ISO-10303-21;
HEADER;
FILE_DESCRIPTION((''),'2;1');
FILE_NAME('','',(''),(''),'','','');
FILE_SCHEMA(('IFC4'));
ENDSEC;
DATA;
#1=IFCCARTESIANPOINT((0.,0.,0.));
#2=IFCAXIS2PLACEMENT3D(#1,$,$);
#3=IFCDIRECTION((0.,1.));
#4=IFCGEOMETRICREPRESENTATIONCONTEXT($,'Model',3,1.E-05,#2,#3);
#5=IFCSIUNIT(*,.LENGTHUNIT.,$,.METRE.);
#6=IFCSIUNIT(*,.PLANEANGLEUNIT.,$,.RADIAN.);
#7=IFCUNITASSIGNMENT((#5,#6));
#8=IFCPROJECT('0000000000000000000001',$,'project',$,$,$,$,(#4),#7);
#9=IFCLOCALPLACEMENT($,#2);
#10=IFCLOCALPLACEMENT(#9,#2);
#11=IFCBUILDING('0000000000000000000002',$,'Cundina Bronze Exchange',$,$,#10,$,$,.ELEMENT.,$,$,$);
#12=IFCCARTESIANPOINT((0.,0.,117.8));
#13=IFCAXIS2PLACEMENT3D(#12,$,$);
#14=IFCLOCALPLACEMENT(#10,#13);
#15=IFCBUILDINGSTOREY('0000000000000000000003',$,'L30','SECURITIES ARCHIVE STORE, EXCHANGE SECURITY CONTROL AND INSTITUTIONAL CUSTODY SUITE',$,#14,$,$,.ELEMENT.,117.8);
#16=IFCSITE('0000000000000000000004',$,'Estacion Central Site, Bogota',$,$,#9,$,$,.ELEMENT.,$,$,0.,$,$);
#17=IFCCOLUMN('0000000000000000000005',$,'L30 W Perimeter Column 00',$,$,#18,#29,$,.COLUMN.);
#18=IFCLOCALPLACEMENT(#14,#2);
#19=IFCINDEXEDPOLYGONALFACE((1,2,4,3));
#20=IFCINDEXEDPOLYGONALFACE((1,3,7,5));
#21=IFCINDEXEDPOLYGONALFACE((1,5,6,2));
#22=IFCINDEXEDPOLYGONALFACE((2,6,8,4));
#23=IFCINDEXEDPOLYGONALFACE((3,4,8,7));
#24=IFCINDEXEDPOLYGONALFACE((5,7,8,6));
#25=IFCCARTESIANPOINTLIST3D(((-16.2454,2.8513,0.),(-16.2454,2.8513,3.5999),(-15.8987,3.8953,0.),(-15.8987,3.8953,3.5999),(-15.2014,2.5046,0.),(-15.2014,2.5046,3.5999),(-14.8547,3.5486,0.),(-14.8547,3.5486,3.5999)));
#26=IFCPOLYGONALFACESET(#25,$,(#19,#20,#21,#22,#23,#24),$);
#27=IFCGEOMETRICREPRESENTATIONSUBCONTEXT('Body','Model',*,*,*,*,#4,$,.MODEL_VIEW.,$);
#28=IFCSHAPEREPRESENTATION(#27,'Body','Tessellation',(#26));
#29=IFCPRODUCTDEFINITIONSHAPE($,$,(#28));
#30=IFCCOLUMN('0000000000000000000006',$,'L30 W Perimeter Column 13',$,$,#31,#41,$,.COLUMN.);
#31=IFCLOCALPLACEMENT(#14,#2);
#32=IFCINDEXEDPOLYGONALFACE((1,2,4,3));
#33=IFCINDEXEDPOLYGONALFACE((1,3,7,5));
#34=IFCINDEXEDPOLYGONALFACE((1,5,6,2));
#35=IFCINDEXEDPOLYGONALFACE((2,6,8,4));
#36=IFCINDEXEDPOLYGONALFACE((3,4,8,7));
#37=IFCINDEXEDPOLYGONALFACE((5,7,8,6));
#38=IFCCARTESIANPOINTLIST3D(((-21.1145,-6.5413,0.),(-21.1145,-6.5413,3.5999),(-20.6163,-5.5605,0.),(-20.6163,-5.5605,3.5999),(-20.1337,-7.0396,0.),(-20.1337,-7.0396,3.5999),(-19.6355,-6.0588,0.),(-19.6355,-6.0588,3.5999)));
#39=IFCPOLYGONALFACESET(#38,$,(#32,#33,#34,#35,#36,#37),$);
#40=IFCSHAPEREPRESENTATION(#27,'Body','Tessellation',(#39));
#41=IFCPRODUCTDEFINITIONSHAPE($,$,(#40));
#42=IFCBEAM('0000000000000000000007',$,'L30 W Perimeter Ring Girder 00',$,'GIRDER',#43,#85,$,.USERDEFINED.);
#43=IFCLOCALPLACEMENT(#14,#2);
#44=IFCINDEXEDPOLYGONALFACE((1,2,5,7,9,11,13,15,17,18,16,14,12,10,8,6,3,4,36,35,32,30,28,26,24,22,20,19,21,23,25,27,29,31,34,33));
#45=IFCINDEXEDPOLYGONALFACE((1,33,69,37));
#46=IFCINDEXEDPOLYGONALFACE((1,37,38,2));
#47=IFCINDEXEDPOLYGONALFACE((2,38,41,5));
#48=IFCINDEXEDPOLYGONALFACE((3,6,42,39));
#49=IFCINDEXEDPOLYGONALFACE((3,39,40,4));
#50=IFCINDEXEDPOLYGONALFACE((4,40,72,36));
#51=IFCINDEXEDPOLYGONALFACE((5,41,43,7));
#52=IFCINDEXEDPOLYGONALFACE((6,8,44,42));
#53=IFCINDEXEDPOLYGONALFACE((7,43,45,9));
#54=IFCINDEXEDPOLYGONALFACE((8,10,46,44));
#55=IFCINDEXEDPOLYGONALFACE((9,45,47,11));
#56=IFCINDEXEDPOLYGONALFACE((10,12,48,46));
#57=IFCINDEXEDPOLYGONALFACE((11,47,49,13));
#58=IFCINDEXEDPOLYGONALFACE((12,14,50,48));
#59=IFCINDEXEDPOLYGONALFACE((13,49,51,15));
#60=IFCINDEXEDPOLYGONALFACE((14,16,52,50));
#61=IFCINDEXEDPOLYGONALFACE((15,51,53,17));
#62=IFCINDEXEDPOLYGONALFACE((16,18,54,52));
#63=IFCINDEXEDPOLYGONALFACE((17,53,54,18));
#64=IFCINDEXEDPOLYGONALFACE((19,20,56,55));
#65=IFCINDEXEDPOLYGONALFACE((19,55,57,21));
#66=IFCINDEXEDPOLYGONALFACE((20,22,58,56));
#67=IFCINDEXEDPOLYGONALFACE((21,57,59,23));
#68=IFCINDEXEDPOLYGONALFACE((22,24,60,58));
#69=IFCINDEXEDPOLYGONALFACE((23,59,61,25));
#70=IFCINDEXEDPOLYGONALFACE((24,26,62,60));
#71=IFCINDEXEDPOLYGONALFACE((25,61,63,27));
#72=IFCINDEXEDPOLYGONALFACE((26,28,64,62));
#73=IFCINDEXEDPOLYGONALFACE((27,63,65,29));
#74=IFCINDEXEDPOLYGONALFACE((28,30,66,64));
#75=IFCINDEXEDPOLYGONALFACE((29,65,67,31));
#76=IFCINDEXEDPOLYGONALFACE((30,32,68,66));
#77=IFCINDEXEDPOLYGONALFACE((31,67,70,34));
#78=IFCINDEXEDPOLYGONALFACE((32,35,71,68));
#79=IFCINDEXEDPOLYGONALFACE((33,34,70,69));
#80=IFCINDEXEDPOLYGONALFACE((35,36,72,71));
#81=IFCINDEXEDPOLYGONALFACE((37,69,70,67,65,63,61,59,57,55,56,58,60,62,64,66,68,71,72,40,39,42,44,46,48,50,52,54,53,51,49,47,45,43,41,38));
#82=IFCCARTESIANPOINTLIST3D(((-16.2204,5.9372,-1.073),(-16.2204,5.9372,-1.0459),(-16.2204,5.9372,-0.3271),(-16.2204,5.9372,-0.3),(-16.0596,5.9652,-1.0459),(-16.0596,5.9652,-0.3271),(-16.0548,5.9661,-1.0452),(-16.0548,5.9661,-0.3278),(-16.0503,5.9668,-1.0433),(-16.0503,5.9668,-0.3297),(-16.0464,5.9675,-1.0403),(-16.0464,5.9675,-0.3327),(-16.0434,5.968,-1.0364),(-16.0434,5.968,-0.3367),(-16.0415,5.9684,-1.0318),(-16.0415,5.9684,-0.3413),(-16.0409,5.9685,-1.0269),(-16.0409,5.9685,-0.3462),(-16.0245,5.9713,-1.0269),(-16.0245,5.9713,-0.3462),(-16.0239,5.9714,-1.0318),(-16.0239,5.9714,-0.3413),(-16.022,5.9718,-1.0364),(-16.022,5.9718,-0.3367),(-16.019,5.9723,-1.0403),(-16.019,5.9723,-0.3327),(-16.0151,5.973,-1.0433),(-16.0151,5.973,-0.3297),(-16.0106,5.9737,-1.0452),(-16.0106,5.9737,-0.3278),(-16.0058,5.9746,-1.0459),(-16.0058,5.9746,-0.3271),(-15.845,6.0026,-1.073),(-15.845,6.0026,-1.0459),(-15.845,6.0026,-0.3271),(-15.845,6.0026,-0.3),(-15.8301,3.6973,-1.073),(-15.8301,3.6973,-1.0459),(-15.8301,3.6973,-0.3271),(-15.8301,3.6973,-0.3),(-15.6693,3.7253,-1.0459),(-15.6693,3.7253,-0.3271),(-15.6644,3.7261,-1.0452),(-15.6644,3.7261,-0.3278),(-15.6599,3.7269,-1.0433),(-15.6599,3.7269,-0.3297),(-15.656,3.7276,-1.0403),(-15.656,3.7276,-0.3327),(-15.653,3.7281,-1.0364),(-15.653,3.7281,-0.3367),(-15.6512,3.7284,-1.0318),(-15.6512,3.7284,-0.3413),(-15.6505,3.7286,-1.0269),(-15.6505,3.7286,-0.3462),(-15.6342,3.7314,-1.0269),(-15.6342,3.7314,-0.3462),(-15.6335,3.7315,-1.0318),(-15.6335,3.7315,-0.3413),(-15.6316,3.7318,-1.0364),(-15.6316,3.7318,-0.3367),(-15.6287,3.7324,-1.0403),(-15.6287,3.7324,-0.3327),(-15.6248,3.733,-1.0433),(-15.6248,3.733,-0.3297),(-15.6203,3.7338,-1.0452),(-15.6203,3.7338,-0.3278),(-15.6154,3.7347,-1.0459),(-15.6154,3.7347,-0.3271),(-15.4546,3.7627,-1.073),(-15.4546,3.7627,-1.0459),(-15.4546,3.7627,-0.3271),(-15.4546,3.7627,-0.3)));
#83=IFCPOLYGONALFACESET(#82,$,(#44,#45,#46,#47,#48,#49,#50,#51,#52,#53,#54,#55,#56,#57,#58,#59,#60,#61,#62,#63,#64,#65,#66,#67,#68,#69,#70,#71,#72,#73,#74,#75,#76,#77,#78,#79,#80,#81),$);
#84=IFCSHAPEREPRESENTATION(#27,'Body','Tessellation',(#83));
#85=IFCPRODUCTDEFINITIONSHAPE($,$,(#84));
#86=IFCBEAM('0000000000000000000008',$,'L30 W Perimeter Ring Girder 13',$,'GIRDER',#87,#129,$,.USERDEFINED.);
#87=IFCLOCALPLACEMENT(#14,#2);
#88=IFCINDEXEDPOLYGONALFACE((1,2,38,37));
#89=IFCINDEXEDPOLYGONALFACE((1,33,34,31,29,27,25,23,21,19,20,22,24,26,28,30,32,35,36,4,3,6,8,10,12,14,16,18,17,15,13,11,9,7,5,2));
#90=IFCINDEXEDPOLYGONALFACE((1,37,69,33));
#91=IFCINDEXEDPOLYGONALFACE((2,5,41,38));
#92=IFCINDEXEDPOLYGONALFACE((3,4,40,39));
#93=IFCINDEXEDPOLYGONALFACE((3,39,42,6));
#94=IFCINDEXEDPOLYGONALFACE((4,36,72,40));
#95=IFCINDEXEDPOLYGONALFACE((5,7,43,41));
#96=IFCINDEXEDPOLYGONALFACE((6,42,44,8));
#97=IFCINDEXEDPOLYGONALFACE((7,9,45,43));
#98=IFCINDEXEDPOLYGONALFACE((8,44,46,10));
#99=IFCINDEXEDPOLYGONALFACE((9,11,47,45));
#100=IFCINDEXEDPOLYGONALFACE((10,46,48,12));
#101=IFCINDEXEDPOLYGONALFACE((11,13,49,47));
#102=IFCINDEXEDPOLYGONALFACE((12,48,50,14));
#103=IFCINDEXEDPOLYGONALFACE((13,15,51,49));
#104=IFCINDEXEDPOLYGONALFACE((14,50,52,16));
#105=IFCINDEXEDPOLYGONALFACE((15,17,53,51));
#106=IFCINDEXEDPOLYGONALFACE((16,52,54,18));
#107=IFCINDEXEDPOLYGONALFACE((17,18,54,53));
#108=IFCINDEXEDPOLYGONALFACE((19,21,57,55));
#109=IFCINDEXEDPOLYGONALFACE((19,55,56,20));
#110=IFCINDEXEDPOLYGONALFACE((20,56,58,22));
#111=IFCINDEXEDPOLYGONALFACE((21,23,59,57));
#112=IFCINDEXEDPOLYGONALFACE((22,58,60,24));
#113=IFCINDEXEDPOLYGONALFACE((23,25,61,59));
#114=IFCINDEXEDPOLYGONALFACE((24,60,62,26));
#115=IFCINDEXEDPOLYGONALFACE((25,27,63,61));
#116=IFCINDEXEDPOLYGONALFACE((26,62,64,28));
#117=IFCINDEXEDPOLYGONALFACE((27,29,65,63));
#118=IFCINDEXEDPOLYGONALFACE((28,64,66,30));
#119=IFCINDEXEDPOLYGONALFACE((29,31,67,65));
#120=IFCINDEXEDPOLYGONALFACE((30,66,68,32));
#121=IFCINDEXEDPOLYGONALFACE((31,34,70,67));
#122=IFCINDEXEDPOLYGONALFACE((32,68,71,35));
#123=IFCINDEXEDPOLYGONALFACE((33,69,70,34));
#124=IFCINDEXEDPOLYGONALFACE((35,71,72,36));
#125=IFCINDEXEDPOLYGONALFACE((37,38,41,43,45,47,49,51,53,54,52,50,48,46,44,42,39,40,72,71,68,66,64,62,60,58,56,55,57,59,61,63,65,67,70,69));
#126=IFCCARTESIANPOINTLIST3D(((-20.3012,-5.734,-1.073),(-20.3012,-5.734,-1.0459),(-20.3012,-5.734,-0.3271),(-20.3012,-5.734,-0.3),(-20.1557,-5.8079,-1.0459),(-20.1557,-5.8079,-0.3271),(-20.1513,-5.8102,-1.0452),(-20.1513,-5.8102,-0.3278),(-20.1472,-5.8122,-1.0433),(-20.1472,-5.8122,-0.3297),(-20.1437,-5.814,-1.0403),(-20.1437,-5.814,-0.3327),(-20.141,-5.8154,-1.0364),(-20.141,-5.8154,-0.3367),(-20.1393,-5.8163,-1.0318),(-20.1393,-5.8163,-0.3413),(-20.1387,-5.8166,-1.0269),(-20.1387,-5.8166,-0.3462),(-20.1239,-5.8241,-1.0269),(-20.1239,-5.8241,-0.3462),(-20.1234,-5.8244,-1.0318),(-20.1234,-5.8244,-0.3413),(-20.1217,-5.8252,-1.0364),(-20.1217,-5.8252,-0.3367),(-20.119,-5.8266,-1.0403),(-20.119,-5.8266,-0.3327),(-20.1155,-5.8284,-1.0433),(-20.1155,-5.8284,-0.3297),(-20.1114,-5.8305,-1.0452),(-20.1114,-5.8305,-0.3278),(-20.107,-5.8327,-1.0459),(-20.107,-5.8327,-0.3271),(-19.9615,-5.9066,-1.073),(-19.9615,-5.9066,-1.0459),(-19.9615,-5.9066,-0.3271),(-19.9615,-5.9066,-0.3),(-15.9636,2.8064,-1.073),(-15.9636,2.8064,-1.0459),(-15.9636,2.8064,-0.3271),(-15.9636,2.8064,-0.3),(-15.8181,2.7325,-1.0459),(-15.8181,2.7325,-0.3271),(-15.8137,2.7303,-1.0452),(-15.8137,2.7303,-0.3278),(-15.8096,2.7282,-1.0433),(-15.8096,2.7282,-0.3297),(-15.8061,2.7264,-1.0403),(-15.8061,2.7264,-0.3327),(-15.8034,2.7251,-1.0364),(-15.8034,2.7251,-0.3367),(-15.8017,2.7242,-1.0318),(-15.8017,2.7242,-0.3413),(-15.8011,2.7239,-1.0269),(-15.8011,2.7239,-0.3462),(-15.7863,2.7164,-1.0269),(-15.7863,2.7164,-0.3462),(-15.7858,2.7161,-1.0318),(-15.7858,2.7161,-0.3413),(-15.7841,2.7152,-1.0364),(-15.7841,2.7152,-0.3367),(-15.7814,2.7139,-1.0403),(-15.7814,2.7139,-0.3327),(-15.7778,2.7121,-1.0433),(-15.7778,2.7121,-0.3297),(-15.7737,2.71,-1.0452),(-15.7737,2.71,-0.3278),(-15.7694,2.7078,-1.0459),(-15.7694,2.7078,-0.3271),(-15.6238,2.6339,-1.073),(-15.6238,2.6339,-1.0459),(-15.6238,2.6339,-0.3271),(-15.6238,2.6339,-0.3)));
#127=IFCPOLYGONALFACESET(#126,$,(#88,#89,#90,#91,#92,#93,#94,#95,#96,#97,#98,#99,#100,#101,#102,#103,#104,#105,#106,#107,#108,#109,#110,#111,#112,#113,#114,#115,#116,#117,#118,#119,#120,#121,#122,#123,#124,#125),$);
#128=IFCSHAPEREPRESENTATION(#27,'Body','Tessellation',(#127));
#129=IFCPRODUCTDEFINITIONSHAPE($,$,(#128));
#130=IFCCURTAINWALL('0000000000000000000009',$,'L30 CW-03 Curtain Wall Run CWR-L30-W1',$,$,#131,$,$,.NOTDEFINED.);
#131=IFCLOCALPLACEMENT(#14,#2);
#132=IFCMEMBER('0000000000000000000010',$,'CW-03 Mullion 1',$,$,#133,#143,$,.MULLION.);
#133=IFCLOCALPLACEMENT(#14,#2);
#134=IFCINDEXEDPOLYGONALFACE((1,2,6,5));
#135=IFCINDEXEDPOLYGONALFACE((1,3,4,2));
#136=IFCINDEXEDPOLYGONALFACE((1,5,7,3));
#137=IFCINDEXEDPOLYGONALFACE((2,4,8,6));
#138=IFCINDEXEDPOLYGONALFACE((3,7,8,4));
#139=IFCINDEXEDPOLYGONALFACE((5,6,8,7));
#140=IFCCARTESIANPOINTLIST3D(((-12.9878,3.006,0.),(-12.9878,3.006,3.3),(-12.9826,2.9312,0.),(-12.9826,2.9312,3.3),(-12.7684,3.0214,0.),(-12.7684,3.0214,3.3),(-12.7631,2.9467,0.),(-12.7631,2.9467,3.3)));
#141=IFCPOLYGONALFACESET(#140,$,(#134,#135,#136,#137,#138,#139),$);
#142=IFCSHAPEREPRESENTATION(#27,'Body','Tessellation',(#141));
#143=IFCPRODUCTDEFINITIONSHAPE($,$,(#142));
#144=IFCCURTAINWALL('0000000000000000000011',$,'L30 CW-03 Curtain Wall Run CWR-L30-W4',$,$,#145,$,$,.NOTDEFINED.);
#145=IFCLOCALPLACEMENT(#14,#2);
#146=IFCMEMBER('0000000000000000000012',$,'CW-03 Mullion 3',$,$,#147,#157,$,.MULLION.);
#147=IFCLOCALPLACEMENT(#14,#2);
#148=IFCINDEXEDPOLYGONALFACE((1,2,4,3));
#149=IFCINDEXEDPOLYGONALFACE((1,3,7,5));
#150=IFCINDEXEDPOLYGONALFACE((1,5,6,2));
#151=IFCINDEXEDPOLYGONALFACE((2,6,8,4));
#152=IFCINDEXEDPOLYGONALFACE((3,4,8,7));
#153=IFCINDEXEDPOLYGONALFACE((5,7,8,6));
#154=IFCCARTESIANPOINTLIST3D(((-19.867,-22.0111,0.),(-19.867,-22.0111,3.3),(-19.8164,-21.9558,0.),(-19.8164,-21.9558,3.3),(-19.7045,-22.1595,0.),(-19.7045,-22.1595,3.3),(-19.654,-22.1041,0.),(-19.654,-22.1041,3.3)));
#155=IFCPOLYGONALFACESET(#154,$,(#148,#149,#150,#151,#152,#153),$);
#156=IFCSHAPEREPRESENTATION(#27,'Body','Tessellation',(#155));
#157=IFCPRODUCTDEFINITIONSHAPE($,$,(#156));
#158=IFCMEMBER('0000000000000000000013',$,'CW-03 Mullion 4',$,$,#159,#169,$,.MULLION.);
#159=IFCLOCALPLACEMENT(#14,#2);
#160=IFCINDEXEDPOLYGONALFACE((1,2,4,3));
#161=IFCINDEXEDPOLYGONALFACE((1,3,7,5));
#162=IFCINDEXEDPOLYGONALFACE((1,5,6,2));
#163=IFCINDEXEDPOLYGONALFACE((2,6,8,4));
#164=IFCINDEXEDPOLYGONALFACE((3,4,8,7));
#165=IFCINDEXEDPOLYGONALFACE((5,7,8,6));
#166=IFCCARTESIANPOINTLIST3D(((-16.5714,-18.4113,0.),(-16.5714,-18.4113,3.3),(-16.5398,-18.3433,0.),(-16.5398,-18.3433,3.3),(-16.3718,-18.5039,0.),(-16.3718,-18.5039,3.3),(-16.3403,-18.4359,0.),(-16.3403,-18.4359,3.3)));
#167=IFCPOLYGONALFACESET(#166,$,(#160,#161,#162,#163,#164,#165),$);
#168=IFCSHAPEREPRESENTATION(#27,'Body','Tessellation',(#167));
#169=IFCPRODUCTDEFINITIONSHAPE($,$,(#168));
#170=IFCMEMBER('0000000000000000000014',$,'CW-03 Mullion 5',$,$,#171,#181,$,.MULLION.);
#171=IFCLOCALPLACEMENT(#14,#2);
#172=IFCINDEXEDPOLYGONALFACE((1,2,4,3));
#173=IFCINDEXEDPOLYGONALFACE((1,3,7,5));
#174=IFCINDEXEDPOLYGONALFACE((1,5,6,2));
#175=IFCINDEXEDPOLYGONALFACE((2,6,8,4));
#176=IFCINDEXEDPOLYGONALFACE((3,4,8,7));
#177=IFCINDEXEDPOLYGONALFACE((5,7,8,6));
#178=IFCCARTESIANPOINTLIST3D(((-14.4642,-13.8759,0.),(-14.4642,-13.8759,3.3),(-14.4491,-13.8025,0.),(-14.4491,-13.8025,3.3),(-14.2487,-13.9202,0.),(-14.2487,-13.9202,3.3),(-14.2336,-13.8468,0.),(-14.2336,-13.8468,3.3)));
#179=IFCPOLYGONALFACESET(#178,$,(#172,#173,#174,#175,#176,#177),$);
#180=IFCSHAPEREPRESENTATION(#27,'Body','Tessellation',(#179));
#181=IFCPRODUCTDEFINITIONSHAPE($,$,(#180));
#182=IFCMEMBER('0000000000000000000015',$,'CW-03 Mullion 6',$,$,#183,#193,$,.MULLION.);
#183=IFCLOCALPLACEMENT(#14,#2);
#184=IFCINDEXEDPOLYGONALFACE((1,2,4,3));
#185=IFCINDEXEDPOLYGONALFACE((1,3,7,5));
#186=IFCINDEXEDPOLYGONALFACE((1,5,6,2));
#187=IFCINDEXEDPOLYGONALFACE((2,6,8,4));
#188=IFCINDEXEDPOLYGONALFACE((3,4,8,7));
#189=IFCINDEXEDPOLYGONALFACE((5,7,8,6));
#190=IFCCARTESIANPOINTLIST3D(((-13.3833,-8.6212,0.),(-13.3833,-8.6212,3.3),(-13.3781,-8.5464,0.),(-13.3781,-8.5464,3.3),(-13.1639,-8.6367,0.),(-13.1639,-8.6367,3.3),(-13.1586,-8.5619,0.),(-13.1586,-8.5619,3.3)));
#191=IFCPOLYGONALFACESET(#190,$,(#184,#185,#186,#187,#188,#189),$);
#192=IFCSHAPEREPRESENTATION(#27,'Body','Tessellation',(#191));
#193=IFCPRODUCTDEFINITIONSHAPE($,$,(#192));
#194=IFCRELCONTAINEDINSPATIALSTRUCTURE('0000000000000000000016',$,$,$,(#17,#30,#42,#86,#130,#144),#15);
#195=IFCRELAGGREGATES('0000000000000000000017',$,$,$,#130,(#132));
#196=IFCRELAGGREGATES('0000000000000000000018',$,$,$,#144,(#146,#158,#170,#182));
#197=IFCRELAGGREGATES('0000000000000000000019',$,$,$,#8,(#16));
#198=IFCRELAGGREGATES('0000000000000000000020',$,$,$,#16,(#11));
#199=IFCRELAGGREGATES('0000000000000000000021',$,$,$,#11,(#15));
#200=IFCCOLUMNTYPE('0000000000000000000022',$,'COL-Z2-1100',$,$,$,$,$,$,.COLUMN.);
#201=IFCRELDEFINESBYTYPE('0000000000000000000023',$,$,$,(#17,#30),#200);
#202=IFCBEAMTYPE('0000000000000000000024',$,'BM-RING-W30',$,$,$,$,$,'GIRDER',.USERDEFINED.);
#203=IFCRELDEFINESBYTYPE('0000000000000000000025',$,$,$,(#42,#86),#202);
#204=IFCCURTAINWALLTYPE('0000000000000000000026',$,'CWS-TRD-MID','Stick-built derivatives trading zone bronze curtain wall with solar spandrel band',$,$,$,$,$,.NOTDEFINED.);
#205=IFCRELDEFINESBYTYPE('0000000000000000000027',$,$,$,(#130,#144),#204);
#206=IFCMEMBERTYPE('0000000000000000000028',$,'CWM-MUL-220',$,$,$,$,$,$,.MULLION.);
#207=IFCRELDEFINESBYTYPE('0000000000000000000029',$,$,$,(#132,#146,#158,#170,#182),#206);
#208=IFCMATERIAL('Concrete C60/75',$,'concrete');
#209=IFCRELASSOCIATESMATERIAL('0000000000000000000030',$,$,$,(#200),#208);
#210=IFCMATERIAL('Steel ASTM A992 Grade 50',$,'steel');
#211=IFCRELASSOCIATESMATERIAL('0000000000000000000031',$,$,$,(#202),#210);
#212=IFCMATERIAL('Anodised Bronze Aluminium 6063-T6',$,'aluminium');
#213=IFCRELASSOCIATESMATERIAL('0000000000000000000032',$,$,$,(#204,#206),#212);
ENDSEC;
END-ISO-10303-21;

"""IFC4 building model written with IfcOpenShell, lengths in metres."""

from ifc_helpers import new_model, si_unit, direction, frame, origin, origin_2d, place, context, subcontext, project, spatial, rectangle, i_section, extrude, material, material_profile, profile_set, type_object, element, aggregate, save


model = new_model("IFC4")

# Units and contexts
model_context = context("Model", 3, precision=1e-05, world=origin(), true_north=direction((0.0, 1.0)))
body_context = subcontext(model_context, "Body", "Model", "MODEL_VIEW")
ifc_project = project(units=[si_unit("LENGTHUNIT", "METRE"), si_unit("PLANEANGLEUNIT", "RADIAN")], contexts=[model_context])

# Site, building, storey
site_placement = place(None, origin())
site = spatial("IfcSite", under=ifc_project, at=site_placement, Name="Estacion Central Site, Bogota", CompositionType="ELEMENT", RefElevation=0.0)
building_placement = place(site_placement, origin())
building = spatial("IfcBuilding", under=site, at=building_placement, Name="Cundina Bronze Exchange", CompositionType="ELEMENT")
storey_placement = place(building_placement, frame((0.0, 0.0, 117.8)))
storey = spatial("IfcBuildingStorey", under=building, at=storey_placement, Name="L30", Description="SECURITIES ARCHIVE STORE, EXCHANGE SECURITY CONTROL AND INSTITUTIONAL CUSTODY SUITE", CompositionType="ELEMENT", Elevation=117.8)

# Columns
ifc_material_1 = material(Name="Concrete C60/75", Category="concrete")
ifc_material_profile_1 = material_profile(ifc_material_1, rectangle(XDim=1.1001, YDim=1.1001, at=origin_2d()), Name="RC1100X1100", Category="concrete")
ifc_profile_set_1 = profile_set([ifc_material_profile_1], Name="Concrete C60/75")
column_type = type_object("IfcColumnType", Name="COL-Z2-1100", PredefinedType="COLUMN", material=ifc_profile_set_1)
for number, where, z_axis, x_axis, name in (
    (1, (-15.55, 3.2, 0.0), (0.0, 0.0, 1.0), (0.315152, 0.949041, 0.0), "L30 W Perimeter Column 00"),
    (2, (-20.375, -6.3, 0.0), (0.0, 0.0, 1.0), (0.452902, 0.891561, 0.0), "L30 W Perimeter Column 13"),
):
    element("IfcColumn", number, at=place(storey_placement, frame(where, z_axis=z_axis, x_axis=x_axis)), inside=storey, type_object=column_type, Name=name, PredefinedType="COLUMN", context=body_context, shape_type="SweptSolid", body=[
        extrude(rectangle(XDim=1.1001, YDim=1.1001, at=origin_2d()), origin(), (0.0, 0.0, 1.0), 3.5999),
    ])

# Beams
ifc_material_2 = material(Name="Steel ASTM A992 Grade 50", Category="steel")
ifc_material_profile_2 = material_profile(ifc_material_2, i_section(OverallWidth=0.3811, OverallDepth=0.7729, WebThickness=0.0166, FlangeThickness=0.0271, FilletRadius=0.019, at=origin_2d()), Name="W30X173", Category="steel")
ifc_profile_set_2 = profile_set([ifc_material_profile_2], Name="Steel ASTM A992 Grade 50")
beam_type = type_object("IfcBeamType", Name="BM-RING-W30", ElementType="GIRDER", PredefinedType="USERDEFINED", material=ifc_profile_set_2)
beam_1_placement = place(storey_placement, frame((-15.6423, 3.73, -0.6865), z_axis=(-0.17169, 0.985151, 0.0), x_axis=(-0.985151, -0.17169, 0.0)))
element("IfcBeam", 3, at=beam_1_placement, inside=storey, type_object=beam_type, Name="L30 W Perimeter Ring Girder 00", ObjectType="GIRDER", PredefinedType="USERDEFINED", context=body_context, shape_type="SweptSolid", body=[
    extrude(i_section(OverallWidth=0.3811, OverallDepth=0.7729, WebThickness=0.0166, FlangeThickness=0.0271, FilletRadius=0.019, at=origin_2d()), origin(), (0.0, 0.0, 1.0), 2.2737),
])
beam_2_placement = place(storey_placement, frame((-20.1313, -5.8203, -0.6865), z_axis=(0.452832, 0.891596, 0.0), x_axis=(-0.891596, 0.452832, 0.0)))
element("IfcBeam", 4, at=beam_2_placement, inside=storey, type_object=beam_type, Name="L30 W Perimeter Ring Girder 13", ObjectType="GIRDER", PredefinedType="USERDEFINED", context=body_context, shape_type="SweptSolid", body=[
    extrude(i_section(OverallWidth=0.3811, OverallDepth=0.7729, WebThickness=0.0166, FlangeThickness=0.0271, FilletRadius=0.019, at=origin_2d()), origin(), (0.0, 0.0, 1.0), 9.5789),
])

# Curtain wall, member
ifc_material_3 = material(Name="Anodised Bronze Aluminium 6063-T6", Category="aluminium")
curtain_wall_type = type_object("IfcCurtainWallType", Name="CWS-TRD-MID", Description="Stick-built derivatives trading zone bronze curtain wall with solar spandrel band", PredefinedType="NOTDEFINED", material=ifc_material_3)
curtain_wall_1_placement = place(storey_placement, origin())
curtain_wall_1 = element("IfcCurtainWall", 5, at=curtain_wall_1_placement, inside=storey, type_object=curtain_wall_type, Name="L30 CW-03 Curtain Wall Run CWR-L30-W1", PredefinedType="NOTDEFINED")
ifc_material_profile_3 = material_profile(ifc_material_3, rectangle(XDim=0.075, YDim=0.22, at=origin_2d()), Name="AL75X220", Category="aluminium")
ifc_profile_set_3 = profile_set([ifc_material_profile_3], Name="Anodised Bronze Aluminium 6063-T6")
member_type_1 = type_object("IfcMemberType", Name="CWM-MUL-220", PredefinedType="MULLION", material=ifc_profile_set_3)
member_1_placement = place(storey_placement, frame((-12.8755, 2.9763, 0.0), z_axis=(0.0, 0.0, 1.0), x_axis=(-0.070279, 0.997527, 0.0)))
member_1 = element("IfcMember", 6, at=member_1_placement, type_object=member_type_1, Name="CW-03 Mullion 1", PredefinedType="MULLION", context=body_context, shape_type="SweptSolid", body=[
    extrude(rectangle(XDim=0.075, YDim=0.22, at=origin_2d()), origin(), (0.0, 0.0, 1.0), 3.3),
])

# Curtain wall, members
curtain_wall_2_placement = place(storey_placement, origin())
curtain_wall_2 = element("IfcCurtainWall", 7, at=curtain_wall_2_placement, inside=storey, type_object=curtain_wall_type, Name="L30 CW-03 Curtain Wall Run CWR-L30-W4", PredefinedType="NOTDEFINED")
member_2_placement = place(storey_placement, frame((-19.7605, -22.0576, 0.0), z_axis=(0.0, 0.0, 1.0), x_axis=(0.674302, 0.738455, 0.0)))
member_2 = element("IfcMember", 8, at=member_2_placement, type_object=member_type_1, Name="CW-03 Mullion 3", PredefinedType="MULLION", context=body_context, shape_type="SweptSolid", body=[
    extrude(rectangle(XDim=0.075, YDim=0.22, at=origin_2d()), origin(), (0.0, 0.0, 1.0), 3.3),
])
member_3_placement = place(storey_placement, frame((-16.4558, -18.4236, 0.0), z_axis=(0.0, 0.0, 1.0), x_axis=(0.420877, 0.907117, 0.0)))
member_3 = element("IfcMember", 9, at=member_3_placement, type_object=member_type_1, Name="CW-03 Mullion 4", PredefinedType="MULLION", context=body_context, shape_type="SweptSolid", body=[
    extrude(rectangle(XDim=0.075, YDim=0.22, at=origin_2d()), origin(), (0.0, 0.0, 1.0), 3.3),
])
member_4_placement = place(storey_placement, frame((-14.3489, -13.8613, 0.0), z_axis=(0.0, 0.0, 1.0), x_axis=(0.20142, 0.979505, 0.0)))
member_4 = element("IfcMember", 10, at=member_4_placement, type_object=member_type_1, Name="CW-03 Mullion 5", PredefinedType="MULLION", context=body_context, shape_type="SweptSolid", body=[
    extrude(rectangle(XDim=0.075, YDim=0.22, at=origin_2d()), origin(), (0.0, 0.0, 1.0), 3.3),
])
member_5_placement = place(storey_placement, frame((-13.271, -8.5916, 0.0), z_axis=(0.0, 0.0, 1.0), x_axis=(0.070279, 0.997527, 0.0)))
member_5 = element("IfcMember", 11, at=member_5_placement, type_object=member_type_1, Name="CW-03 Mullion 6", PredefinedType="MULLION", context=body_context, shape_type="SweptSolid", body=[
    extrude(rectangle(XDim=0.075, YDim=0.22, at=origin_2d()), origin(), (0.0, 0.0, 1.0), 3.3),
])

aggregate(curtain_wall_1, [member_1])

aggregate(curtain_wall_2, [member_2, member_3, member_4, member_5])

save(model, "model.ifc")
